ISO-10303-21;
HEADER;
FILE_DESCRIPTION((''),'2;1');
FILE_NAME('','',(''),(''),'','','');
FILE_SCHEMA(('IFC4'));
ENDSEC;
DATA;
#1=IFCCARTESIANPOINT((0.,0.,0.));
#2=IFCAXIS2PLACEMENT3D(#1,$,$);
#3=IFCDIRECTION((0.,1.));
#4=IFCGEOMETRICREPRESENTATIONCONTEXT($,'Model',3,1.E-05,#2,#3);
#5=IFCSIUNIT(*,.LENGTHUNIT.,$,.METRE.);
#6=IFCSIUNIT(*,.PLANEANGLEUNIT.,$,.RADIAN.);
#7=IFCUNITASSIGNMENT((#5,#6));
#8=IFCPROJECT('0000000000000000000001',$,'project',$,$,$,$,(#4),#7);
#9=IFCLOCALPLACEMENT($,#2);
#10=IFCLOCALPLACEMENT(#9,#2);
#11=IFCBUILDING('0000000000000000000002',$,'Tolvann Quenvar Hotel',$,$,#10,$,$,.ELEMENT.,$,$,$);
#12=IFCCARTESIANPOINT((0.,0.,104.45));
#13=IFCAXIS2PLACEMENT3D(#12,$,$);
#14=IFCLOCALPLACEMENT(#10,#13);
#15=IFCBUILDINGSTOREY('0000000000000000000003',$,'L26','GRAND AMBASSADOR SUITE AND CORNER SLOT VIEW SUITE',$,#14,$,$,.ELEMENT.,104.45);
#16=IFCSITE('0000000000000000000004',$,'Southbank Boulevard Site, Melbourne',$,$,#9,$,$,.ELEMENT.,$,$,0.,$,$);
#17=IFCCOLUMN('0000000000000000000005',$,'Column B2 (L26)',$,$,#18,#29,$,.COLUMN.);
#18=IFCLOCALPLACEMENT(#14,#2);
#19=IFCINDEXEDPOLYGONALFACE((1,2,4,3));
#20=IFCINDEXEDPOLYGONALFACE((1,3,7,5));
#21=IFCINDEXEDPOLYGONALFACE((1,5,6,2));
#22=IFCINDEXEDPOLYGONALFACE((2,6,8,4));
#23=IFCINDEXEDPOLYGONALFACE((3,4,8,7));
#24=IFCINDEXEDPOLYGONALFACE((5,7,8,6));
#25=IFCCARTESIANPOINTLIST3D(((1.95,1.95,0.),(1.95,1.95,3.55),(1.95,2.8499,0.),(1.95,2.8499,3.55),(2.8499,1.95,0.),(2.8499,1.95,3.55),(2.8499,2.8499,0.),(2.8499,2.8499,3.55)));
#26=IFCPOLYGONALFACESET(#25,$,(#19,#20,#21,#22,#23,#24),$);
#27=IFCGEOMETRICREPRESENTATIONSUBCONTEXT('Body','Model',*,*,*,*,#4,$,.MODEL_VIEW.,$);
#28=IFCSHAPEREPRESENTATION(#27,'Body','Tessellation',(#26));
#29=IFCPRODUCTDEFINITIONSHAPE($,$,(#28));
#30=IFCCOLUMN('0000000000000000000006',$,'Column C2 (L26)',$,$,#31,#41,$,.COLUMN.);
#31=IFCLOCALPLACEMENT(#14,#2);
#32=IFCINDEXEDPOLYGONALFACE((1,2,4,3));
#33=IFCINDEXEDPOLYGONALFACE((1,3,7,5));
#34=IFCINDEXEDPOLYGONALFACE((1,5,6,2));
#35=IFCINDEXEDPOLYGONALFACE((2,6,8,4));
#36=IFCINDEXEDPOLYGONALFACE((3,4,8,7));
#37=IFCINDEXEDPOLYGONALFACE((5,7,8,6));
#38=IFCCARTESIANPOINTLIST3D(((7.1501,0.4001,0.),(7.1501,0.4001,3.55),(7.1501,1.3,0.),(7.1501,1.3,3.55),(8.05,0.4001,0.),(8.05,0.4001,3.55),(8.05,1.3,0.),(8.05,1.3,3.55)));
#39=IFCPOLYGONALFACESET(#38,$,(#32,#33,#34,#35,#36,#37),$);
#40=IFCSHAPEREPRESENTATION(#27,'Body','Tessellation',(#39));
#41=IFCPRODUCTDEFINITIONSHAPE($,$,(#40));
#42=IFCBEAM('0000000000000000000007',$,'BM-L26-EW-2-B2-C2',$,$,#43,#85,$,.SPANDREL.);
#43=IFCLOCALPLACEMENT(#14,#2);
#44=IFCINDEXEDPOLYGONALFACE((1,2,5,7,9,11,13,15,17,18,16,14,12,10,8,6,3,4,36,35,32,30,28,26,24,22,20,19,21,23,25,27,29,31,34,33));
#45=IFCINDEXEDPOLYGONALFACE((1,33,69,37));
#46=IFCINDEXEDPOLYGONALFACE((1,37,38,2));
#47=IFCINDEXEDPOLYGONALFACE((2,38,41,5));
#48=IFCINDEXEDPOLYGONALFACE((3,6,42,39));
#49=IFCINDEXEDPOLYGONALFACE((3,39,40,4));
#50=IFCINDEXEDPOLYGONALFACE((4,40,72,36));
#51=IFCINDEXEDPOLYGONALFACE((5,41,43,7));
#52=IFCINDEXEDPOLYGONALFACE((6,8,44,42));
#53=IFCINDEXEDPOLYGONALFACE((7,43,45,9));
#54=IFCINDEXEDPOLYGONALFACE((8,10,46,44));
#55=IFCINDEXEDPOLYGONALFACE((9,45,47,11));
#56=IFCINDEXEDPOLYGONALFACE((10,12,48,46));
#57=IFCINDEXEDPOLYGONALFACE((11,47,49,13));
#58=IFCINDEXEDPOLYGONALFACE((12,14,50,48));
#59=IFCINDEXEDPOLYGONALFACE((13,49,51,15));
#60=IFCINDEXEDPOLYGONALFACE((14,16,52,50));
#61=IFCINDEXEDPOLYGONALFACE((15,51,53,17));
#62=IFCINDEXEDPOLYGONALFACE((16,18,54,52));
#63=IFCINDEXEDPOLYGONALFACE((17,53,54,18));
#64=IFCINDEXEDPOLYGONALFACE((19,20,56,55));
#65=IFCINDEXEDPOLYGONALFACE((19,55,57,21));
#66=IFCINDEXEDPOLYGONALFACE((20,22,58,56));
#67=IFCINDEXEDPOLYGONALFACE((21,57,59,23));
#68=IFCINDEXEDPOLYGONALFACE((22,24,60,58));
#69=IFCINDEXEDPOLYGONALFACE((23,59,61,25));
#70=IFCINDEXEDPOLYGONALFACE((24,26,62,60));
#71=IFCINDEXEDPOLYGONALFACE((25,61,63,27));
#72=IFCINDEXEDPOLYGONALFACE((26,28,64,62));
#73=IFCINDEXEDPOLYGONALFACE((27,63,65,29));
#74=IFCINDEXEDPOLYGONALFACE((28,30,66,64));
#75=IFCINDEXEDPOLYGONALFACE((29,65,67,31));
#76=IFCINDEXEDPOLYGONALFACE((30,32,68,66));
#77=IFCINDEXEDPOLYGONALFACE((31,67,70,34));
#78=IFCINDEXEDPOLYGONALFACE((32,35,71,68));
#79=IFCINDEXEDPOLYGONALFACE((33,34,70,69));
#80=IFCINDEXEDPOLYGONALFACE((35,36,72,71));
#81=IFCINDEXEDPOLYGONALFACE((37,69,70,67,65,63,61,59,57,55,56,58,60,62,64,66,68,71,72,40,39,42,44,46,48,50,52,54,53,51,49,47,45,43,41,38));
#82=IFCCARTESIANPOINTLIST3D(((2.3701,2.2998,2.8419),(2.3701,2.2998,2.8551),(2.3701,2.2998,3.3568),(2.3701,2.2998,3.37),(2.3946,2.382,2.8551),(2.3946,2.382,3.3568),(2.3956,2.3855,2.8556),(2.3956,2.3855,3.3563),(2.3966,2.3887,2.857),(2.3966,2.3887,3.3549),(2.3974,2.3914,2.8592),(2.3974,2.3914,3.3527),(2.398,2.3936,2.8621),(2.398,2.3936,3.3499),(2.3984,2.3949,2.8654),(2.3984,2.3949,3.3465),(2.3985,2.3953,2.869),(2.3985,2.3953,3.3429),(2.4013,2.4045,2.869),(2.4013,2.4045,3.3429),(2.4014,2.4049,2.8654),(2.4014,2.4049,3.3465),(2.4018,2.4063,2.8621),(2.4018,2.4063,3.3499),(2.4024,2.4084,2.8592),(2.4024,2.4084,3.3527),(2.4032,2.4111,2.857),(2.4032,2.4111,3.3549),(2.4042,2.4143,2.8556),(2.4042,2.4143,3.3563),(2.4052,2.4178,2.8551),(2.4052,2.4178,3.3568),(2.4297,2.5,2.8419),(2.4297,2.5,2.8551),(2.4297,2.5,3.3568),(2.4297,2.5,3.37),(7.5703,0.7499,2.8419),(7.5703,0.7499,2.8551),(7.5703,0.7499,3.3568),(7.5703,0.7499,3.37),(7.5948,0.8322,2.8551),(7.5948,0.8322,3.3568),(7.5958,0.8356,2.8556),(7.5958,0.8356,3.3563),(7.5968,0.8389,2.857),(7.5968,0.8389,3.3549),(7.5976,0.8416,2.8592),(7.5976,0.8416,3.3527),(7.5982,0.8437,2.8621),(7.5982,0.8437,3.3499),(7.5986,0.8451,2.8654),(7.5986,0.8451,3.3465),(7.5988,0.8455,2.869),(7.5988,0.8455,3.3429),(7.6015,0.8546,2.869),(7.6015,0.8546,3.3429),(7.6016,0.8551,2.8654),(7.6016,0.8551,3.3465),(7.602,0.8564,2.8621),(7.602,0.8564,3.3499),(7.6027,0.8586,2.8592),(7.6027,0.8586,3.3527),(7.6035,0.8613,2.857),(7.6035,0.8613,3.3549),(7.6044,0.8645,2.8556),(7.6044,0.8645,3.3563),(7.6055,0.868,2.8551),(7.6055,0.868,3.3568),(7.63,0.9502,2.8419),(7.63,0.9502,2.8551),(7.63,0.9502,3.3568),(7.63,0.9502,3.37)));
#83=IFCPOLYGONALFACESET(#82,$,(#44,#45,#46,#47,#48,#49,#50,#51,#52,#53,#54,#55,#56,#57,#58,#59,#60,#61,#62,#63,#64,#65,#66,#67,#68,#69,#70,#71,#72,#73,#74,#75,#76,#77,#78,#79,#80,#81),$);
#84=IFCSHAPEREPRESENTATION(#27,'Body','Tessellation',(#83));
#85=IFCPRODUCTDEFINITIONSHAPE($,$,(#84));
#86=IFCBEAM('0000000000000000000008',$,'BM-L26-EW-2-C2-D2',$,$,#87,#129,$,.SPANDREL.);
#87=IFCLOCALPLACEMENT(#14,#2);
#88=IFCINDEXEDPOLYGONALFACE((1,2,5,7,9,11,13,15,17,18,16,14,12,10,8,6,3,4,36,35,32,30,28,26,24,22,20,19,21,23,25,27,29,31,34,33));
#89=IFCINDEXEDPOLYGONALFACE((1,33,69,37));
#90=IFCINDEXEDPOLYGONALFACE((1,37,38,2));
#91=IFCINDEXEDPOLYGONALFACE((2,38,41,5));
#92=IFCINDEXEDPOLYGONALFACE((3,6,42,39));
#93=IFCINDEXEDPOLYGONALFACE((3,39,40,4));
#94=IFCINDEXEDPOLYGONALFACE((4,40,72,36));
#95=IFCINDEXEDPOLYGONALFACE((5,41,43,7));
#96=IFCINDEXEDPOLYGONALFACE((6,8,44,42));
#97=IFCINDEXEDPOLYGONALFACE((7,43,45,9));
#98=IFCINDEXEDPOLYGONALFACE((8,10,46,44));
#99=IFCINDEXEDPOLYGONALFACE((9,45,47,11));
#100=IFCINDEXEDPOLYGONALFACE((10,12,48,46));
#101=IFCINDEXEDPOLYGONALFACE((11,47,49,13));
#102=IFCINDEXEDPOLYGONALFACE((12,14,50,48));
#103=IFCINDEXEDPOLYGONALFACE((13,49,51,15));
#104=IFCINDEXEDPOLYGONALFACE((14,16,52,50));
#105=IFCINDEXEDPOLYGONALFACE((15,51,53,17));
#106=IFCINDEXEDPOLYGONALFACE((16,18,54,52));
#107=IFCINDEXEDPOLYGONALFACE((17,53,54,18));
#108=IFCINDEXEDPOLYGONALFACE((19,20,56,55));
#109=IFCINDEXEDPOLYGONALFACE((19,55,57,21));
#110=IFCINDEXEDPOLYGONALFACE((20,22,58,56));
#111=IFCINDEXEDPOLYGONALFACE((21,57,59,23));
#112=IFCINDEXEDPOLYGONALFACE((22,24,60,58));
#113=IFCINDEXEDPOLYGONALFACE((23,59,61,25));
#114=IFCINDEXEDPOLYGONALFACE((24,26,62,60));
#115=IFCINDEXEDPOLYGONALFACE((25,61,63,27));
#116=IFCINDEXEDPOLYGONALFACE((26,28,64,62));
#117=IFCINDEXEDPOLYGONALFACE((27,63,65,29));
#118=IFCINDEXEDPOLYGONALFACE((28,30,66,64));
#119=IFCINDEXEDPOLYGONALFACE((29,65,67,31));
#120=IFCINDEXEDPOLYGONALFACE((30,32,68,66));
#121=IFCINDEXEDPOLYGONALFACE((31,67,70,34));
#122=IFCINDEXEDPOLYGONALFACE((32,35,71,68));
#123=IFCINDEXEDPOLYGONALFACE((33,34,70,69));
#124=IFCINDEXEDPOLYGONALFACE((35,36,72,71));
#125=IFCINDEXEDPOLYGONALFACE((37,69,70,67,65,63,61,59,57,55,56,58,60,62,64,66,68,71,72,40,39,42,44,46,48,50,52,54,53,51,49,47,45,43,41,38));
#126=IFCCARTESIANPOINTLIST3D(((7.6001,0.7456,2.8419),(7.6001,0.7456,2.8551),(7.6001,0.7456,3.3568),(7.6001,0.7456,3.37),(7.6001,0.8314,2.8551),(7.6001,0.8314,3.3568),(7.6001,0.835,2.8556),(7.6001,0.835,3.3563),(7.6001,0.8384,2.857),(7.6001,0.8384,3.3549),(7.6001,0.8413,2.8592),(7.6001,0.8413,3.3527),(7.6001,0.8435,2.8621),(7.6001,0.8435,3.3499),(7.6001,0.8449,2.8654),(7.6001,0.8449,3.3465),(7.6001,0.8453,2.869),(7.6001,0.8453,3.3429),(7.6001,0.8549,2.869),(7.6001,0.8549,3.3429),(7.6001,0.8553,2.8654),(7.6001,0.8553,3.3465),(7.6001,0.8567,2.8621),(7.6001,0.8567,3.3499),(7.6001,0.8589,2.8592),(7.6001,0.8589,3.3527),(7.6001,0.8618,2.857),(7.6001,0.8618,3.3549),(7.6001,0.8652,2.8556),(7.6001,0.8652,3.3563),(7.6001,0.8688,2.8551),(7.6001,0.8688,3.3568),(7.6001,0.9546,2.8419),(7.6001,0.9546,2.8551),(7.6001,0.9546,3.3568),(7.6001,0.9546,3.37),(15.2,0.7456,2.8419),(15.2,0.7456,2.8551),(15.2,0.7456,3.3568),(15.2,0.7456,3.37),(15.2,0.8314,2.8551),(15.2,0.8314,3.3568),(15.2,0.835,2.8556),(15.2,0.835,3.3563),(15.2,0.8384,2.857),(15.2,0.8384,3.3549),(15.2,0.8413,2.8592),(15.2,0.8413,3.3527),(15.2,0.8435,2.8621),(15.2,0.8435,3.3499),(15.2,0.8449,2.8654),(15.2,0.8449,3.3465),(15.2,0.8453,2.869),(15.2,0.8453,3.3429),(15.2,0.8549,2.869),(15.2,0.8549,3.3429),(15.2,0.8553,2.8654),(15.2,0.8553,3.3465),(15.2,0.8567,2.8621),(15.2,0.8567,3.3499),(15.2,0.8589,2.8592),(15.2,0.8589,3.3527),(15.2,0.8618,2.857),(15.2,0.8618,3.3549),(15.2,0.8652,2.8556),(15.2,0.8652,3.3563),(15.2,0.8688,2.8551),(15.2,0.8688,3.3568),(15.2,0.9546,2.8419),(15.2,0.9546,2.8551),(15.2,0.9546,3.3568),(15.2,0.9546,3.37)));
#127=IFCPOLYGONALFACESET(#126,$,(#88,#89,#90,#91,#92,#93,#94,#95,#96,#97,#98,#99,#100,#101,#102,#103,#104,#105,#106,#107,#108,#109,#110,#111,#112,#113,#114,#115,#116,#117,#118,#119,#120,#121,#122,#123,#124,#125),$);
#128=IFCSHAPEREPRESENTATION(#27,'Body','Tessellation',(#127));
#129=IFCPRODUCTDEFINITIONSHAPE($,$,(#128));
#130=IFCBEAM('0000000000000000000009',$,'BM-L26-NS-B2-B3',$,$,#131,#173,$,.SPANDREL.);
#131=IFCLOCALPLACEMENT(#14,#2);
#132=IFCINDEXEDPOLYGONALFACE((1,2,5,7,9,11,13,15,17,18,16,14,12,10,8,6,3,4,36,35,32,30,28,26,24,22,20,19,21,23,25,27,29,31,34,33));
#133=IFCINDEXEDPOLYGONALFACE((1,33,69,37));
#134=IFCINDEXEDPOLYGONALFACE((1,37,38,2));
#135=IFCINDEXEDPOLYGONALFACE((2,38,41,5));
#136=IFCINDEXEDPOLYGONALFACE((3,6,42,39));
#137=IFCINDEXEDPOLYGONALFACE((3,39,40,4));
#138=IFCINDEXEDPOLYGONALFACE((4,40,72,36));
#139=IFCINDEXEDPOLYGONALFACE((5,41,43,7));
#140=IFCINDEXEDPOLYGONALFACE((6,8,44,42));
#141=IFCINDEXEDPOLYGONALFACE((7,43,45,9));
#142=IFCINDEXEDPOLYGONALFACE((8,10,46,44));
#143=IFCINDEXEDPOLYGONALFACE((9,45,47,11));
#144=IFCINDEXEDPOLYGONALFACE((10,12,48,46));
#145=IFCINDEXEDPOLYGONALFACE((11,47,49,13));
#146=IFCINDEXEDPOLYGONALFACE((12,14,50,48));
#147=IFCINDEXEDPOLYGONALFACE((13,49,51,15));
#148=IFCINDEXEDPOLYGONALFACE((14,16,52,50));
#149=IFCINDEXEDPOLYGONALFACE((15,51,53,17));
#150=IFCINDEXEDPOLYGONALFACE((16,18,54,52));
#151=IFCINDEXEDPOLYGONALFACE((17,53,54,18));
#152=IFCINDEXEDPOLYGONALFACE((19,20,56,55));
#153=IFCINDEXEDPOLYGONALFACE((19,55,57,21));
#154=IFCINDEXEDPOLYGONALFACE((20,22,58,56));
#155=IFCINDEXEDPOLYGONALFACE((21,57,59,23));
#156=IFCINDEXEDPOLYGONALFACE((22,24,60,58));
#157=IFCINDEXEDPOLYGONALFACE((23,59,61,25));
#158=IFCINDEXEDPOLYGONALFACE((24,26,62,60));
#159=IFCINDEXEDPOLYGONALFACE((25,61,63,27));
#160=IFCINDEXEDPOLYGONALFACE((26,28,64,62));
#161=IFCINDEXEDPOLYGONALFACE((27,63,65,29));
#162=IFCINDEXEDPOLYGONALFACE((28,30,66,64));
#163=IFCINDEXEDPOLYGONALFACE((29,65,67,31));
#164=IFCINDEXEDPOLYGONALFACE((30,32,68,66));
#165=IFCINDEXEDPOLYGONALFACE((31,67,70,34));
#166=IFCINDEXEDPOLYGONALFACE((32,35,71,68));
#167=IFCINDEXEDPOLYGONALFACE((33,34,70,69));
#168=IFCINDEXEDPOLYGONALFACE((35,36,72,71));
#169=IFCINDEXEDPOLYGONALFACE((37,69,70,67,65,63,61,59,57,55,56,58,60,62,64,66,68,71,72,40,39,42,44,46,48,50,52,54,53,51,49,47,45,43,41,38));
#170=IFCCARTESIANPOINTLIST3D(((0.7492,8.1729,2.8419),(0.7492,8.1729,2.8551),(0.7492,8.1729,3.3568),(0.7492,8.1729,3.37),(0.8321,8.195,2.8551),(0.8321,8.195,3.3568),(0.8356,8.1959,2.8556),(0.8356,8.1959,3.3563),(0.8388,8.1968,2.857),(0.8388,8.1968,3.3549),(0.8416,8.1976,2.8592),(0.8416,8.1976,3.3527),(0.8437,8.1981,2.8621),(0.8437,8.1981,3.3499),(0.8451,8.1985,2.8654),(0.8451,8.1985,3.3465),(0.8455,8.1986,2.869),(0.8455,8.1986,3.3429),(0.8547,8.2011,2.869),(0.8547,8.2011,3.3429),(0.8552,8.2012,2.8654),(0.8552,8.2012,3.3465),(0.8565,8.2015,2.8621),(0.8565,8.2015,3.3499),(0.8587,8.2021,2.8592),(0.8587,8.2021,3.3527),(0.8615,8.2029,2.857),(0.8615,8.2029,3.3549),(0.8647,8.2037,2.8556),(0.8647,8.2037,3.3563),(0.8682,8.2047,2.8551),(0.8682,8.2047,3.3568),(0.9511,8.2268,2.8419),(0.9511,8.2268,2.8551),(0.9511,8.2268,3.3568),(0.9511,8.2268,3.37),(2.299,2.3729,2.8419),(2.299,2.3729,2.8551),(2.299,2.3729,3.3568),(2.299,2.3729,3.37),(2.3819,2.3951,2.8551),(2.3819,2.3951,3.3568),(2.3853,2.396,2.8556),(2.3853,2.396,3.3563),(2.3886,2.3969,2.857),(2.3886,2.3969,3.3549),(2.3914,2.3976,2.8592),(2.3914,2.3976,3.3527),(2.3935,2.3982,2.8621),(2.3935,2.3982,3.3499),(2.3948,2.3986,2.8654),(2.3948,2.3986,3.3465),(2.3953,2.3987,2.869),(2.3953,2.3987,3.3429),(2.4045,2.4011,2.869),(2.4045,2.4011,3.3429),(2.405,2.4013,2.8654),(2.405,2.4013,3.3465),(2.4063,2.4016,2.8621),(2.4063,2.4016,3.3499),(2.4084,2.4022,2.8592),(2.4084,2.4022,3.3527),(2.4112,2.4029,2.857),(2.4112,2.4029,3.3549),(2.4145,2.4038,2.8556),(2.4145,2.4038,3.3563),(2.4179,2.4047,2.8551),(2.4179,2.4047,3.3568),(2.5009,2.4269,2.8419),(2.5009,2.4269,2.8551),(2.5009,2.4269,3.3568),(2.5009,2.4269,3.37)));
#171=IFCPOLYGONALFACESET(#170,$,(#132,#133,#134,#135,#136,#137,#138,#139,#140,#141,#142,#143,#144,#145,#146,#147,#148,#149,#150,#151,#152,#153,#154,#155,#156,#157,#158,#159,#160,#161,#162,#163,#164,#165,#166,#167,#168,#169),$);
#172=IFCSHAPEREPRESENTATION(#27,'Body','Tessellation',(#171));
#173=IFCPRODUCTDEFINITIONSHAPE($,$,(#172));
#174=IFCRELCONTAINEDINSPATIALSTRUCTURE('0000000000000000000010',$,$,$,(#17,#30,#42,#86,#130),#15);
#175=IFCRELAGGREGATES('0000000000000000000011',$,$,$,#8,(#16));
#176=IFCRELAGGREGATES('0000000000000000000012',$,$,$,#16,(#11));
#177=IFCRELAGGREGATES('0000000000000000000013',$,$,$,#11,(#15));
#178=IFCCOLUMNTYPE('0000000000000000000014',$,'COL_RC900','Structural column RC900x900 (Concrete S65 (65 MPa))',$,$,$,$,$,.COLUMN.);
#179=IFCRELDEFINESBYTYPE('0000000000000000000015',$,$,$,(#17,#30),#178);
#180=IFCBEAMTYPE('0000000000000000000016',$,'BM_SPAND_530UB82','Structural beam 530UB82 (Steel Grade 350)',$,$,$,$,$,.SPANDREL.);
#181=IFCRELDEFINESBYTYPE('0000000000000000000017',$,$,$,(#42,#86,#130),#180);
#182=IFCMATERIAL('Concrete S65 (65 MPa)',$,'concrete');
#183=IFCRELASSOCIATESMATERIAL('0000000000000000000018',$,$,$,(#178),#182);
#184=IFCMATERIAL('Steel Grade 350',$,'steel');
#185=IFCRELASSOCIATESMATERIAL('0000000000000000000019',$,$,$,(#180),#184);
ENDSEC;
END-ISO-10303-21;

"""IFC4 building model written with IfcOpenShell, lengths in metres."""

from ifc_helpers import new_model, si_unit, direction, frame, origin, origin_2d, place, context, subcontext, project, spatial, rectangle, i_section, extrude, source, transform, mapped, material, material_profile, profile_set, type_object, type_shapes, element, save


model = new_model("IFC4")

# Units and contexts
model_context = context("Model", 3, precision=1e-05, world=origin(), true_north=direction((0.0, 1.0)))
body_context = subcontext(model_context, "Body", "Model", "MODEL_VIEW")
ifc_project = project(units=[si_unit("LENGTHUNIT", "METRE"), si_unit("PLANEANGLEUNIT", "RADIAN")], contexts=[model_context])

# Site, building, storey
site_placement = place(None, origin())
site = spatial("IfcSite", under=ifc_project, at=site_placement, Name="Southbank Boulevard Site, Melbourne", CompositionType="ELEMENT", RefElevation=0.0)
building_placement = place(site_placement, origin())
building = spatial("IfcBuilding", under=site, at=building_placement, Name="Tolvann Quenvar Hotel", CompositionType="ELEMENT")
storey_placement = place(building_placement, frame((0.0, 0.0, 104.45)))
storey = spatial("IfcBuildingStorey", under=building, at=storey_placement, Name="L26", Description="GRAND AMBASSADOR SUITE AND CORNER SLOT VIEW SUITE", CompositionType="ELEMENT", Elevation=104.45)

# Columns
ifc_material_1 = material(Name="Concrete S65 (65 MPa)", Category="concrete")
ifc_material_profile_1 = material_profile(ifc_material_1, rectangle(XDim=0.8999, YDim=0.8999, at=origin_2d()), Name="RC900x900")
ifc_profile_set_1 = profile_set([ifc_material_profile_1], Name="Concrete S65 (65 MPa)")
column_type = type_object("IfcColumnType", Name="COL_RC900", Description="Structural column RC900x900 (Concrete S65 (65 MPa))", PredefinedType="COLUMN", material=ifc_profile_set_1)
shared_shape_1 = source(origin(), body_context, "Body", "SweptSolid", [
    extrude(rectangle(XDim=0.8999, YDim=0.8999, at=origin_2d()), origin(), (0.0, 0.0, 1.0), 3.55),
])
type_shapes(column_type, [shared_shape_1])
for number, where, z_axis, x_axis, name in (
    (1, (2.3999, 2.3999, 0.0), (0.0, 0.0, 1.0), (1.0, 0.0, 0.0), "Column B2 (L26)"),
    (2, (7.6001, 0.8501, 0.0), (0.0, 0.0, 1.0), (1.0, 0.0, 0.0), "Column C2 (L26)"),
):
    element("IfcColumn", number, at=place(storey_placement, frame(where, z_axis=z_axis, x_axis=x_axis)), inside=storey, type_object=column_type, Name=name, PredefinedType="COLUMN", context=body_context, shape_type="MappedRepresentation", body=[
        mapped(shared_shape_1, transform((0.0, 0.0, 0.0), x_axis=(1.0, 0.0, 0.0), y_axis=(0.0, 1.0, 0.0), z_axis=(0.0, 0.0, 1.0), scale=1.0)),
    ])

# Beams
ifc_material_2 = material(Name="Steel Grade 350", Category="steel")
ifc_material_profile_2 = material_profile(ifc_material_2, i_section(OverallWidth=0.209, OverallDepth=0.5281, WebThickness=0.0095, FlangeThickness=0.0132, FilletRadius=0.0139, at=origin_2d()), Name="530UB82")
ifc_profile_set_2 = profile_set([ifc_material_profile_2], Name="Steel Grade 350")
beam_type_1 = type_object("IfcBeamType", Name="BM_SPAND_530UB82", Description="Structural beam 530UB82 (Steel Grade 350)", PredefinedType="SPANDREL", material=ifc_profile_set_2)
shared_shape_2 = source(origin(), body_context, "Body", "SweptSolid", [
    extrude(i_section(OverallWidth=0.209, OverallDepth=0.5281, WebThickness=0.0095, FlangeThickness=0.0132, FilletRadius=0.0139, at=origin_2d()), origin(), (0.0, 0.0, 1.0), 5.4263),
])
beam_1_placement = place(storey_placement, frame((2.3999, 2.3999, 3.106), z_axis=(0.958345, -0.285614, 0.0), x_axis=(0.285614, 0.958345, 0.0)))
element("IfcBeam", 3, at=beam_1_placement, inside=storey, type_object=beam_type_1, Name="BM-L26-EW-2-B2-C2", PredefinedType="SPANDREL", context=body_context, shape_type="MappedRepresentation", body=[
    mapped(shared_shape_2, transform((0.0, 0.0, 0.0), x_axis=(1.0, 0.0, 0.0), y_axis=(0.0, 1.0, 0.0), z_axis=(0.0, 0.0, 1.0), scale=1.0)),
])
shared_shape_3 = source(origin(), body_context, "Body", "SweptSolid", [
    extrude(i_section(OverallWidth=0.209, OverallDepth=0.5281, WebThickness=0.0095, FlangeThickness=0.0132, FilletRadius=0.0139, at=origin_2d()), origin(), (0.0, 0.0, 1.0), 7.5999),
])
beam_2_placement = place(storey_placement, frame((7.6001, 0.8501, 3.106), z_axis=(1.0, 0.0, 0.0), x_axis=(0.0, 1.0, 0.0)))
element("IfcBeam", 4, at=beam_2_placement, inside=storey, type_object=beam_type_1, Name="BM-L26-EW-2-C2-D2", PredefinedType="SPANDREL", context=body_context, shape_type="MappedRepresentation", body=[
    mapped(shared_shape_3, transform((0.0, 0.0, 0.0), x_axis=(1.0, 0.0, 0.0), y_axis=(0.0, 1.0, 0.0), z_axis=(0.0, 0.0, 1.0), scale=1.0)),
])
shared_shape_4 = source(origin(), body_context, "Body", "SweptSolid", [
    extrude(i_section(OverallWidth=0.209, OverallDepth=0.5281, WebThickness=0.0095, FlangeThickness=0.0132, FilletRadius=0.0139, at=origin_2d()), origin(), (0.0, 0.0, 1.0), 6.0034),
])
type_shapes(beam_type_1, [shared_shape_2, shared_shape_3, shared_shape_4])
beam_3_placement = place(storey_placement, frame((2.3999, 2.3999, 3.106), z_axis=(-0.258149, 0.966105, 0.0), x_axis=(-0.966105, -0.258149, 0.0)))
element("IfcBeam", 5, at=beam_3_placement, inside=storey, type_object=beam_type_1, Name="BM-L26-NS-B2-B3", PredefinedType="SPANDREL", context=body_context, shape_type="MappedRepresentation", body=[
    mapped(shared_shape_4, transform((0.0, 0.0, 0.0), x_axis=(1.0, 0.0, 0.0), y_axis=(0.0, 1.0, 0.0), z_axis=(0.0, 0.0, 1.0), scale=1.0)),
])

save(model, "model.ifc")
